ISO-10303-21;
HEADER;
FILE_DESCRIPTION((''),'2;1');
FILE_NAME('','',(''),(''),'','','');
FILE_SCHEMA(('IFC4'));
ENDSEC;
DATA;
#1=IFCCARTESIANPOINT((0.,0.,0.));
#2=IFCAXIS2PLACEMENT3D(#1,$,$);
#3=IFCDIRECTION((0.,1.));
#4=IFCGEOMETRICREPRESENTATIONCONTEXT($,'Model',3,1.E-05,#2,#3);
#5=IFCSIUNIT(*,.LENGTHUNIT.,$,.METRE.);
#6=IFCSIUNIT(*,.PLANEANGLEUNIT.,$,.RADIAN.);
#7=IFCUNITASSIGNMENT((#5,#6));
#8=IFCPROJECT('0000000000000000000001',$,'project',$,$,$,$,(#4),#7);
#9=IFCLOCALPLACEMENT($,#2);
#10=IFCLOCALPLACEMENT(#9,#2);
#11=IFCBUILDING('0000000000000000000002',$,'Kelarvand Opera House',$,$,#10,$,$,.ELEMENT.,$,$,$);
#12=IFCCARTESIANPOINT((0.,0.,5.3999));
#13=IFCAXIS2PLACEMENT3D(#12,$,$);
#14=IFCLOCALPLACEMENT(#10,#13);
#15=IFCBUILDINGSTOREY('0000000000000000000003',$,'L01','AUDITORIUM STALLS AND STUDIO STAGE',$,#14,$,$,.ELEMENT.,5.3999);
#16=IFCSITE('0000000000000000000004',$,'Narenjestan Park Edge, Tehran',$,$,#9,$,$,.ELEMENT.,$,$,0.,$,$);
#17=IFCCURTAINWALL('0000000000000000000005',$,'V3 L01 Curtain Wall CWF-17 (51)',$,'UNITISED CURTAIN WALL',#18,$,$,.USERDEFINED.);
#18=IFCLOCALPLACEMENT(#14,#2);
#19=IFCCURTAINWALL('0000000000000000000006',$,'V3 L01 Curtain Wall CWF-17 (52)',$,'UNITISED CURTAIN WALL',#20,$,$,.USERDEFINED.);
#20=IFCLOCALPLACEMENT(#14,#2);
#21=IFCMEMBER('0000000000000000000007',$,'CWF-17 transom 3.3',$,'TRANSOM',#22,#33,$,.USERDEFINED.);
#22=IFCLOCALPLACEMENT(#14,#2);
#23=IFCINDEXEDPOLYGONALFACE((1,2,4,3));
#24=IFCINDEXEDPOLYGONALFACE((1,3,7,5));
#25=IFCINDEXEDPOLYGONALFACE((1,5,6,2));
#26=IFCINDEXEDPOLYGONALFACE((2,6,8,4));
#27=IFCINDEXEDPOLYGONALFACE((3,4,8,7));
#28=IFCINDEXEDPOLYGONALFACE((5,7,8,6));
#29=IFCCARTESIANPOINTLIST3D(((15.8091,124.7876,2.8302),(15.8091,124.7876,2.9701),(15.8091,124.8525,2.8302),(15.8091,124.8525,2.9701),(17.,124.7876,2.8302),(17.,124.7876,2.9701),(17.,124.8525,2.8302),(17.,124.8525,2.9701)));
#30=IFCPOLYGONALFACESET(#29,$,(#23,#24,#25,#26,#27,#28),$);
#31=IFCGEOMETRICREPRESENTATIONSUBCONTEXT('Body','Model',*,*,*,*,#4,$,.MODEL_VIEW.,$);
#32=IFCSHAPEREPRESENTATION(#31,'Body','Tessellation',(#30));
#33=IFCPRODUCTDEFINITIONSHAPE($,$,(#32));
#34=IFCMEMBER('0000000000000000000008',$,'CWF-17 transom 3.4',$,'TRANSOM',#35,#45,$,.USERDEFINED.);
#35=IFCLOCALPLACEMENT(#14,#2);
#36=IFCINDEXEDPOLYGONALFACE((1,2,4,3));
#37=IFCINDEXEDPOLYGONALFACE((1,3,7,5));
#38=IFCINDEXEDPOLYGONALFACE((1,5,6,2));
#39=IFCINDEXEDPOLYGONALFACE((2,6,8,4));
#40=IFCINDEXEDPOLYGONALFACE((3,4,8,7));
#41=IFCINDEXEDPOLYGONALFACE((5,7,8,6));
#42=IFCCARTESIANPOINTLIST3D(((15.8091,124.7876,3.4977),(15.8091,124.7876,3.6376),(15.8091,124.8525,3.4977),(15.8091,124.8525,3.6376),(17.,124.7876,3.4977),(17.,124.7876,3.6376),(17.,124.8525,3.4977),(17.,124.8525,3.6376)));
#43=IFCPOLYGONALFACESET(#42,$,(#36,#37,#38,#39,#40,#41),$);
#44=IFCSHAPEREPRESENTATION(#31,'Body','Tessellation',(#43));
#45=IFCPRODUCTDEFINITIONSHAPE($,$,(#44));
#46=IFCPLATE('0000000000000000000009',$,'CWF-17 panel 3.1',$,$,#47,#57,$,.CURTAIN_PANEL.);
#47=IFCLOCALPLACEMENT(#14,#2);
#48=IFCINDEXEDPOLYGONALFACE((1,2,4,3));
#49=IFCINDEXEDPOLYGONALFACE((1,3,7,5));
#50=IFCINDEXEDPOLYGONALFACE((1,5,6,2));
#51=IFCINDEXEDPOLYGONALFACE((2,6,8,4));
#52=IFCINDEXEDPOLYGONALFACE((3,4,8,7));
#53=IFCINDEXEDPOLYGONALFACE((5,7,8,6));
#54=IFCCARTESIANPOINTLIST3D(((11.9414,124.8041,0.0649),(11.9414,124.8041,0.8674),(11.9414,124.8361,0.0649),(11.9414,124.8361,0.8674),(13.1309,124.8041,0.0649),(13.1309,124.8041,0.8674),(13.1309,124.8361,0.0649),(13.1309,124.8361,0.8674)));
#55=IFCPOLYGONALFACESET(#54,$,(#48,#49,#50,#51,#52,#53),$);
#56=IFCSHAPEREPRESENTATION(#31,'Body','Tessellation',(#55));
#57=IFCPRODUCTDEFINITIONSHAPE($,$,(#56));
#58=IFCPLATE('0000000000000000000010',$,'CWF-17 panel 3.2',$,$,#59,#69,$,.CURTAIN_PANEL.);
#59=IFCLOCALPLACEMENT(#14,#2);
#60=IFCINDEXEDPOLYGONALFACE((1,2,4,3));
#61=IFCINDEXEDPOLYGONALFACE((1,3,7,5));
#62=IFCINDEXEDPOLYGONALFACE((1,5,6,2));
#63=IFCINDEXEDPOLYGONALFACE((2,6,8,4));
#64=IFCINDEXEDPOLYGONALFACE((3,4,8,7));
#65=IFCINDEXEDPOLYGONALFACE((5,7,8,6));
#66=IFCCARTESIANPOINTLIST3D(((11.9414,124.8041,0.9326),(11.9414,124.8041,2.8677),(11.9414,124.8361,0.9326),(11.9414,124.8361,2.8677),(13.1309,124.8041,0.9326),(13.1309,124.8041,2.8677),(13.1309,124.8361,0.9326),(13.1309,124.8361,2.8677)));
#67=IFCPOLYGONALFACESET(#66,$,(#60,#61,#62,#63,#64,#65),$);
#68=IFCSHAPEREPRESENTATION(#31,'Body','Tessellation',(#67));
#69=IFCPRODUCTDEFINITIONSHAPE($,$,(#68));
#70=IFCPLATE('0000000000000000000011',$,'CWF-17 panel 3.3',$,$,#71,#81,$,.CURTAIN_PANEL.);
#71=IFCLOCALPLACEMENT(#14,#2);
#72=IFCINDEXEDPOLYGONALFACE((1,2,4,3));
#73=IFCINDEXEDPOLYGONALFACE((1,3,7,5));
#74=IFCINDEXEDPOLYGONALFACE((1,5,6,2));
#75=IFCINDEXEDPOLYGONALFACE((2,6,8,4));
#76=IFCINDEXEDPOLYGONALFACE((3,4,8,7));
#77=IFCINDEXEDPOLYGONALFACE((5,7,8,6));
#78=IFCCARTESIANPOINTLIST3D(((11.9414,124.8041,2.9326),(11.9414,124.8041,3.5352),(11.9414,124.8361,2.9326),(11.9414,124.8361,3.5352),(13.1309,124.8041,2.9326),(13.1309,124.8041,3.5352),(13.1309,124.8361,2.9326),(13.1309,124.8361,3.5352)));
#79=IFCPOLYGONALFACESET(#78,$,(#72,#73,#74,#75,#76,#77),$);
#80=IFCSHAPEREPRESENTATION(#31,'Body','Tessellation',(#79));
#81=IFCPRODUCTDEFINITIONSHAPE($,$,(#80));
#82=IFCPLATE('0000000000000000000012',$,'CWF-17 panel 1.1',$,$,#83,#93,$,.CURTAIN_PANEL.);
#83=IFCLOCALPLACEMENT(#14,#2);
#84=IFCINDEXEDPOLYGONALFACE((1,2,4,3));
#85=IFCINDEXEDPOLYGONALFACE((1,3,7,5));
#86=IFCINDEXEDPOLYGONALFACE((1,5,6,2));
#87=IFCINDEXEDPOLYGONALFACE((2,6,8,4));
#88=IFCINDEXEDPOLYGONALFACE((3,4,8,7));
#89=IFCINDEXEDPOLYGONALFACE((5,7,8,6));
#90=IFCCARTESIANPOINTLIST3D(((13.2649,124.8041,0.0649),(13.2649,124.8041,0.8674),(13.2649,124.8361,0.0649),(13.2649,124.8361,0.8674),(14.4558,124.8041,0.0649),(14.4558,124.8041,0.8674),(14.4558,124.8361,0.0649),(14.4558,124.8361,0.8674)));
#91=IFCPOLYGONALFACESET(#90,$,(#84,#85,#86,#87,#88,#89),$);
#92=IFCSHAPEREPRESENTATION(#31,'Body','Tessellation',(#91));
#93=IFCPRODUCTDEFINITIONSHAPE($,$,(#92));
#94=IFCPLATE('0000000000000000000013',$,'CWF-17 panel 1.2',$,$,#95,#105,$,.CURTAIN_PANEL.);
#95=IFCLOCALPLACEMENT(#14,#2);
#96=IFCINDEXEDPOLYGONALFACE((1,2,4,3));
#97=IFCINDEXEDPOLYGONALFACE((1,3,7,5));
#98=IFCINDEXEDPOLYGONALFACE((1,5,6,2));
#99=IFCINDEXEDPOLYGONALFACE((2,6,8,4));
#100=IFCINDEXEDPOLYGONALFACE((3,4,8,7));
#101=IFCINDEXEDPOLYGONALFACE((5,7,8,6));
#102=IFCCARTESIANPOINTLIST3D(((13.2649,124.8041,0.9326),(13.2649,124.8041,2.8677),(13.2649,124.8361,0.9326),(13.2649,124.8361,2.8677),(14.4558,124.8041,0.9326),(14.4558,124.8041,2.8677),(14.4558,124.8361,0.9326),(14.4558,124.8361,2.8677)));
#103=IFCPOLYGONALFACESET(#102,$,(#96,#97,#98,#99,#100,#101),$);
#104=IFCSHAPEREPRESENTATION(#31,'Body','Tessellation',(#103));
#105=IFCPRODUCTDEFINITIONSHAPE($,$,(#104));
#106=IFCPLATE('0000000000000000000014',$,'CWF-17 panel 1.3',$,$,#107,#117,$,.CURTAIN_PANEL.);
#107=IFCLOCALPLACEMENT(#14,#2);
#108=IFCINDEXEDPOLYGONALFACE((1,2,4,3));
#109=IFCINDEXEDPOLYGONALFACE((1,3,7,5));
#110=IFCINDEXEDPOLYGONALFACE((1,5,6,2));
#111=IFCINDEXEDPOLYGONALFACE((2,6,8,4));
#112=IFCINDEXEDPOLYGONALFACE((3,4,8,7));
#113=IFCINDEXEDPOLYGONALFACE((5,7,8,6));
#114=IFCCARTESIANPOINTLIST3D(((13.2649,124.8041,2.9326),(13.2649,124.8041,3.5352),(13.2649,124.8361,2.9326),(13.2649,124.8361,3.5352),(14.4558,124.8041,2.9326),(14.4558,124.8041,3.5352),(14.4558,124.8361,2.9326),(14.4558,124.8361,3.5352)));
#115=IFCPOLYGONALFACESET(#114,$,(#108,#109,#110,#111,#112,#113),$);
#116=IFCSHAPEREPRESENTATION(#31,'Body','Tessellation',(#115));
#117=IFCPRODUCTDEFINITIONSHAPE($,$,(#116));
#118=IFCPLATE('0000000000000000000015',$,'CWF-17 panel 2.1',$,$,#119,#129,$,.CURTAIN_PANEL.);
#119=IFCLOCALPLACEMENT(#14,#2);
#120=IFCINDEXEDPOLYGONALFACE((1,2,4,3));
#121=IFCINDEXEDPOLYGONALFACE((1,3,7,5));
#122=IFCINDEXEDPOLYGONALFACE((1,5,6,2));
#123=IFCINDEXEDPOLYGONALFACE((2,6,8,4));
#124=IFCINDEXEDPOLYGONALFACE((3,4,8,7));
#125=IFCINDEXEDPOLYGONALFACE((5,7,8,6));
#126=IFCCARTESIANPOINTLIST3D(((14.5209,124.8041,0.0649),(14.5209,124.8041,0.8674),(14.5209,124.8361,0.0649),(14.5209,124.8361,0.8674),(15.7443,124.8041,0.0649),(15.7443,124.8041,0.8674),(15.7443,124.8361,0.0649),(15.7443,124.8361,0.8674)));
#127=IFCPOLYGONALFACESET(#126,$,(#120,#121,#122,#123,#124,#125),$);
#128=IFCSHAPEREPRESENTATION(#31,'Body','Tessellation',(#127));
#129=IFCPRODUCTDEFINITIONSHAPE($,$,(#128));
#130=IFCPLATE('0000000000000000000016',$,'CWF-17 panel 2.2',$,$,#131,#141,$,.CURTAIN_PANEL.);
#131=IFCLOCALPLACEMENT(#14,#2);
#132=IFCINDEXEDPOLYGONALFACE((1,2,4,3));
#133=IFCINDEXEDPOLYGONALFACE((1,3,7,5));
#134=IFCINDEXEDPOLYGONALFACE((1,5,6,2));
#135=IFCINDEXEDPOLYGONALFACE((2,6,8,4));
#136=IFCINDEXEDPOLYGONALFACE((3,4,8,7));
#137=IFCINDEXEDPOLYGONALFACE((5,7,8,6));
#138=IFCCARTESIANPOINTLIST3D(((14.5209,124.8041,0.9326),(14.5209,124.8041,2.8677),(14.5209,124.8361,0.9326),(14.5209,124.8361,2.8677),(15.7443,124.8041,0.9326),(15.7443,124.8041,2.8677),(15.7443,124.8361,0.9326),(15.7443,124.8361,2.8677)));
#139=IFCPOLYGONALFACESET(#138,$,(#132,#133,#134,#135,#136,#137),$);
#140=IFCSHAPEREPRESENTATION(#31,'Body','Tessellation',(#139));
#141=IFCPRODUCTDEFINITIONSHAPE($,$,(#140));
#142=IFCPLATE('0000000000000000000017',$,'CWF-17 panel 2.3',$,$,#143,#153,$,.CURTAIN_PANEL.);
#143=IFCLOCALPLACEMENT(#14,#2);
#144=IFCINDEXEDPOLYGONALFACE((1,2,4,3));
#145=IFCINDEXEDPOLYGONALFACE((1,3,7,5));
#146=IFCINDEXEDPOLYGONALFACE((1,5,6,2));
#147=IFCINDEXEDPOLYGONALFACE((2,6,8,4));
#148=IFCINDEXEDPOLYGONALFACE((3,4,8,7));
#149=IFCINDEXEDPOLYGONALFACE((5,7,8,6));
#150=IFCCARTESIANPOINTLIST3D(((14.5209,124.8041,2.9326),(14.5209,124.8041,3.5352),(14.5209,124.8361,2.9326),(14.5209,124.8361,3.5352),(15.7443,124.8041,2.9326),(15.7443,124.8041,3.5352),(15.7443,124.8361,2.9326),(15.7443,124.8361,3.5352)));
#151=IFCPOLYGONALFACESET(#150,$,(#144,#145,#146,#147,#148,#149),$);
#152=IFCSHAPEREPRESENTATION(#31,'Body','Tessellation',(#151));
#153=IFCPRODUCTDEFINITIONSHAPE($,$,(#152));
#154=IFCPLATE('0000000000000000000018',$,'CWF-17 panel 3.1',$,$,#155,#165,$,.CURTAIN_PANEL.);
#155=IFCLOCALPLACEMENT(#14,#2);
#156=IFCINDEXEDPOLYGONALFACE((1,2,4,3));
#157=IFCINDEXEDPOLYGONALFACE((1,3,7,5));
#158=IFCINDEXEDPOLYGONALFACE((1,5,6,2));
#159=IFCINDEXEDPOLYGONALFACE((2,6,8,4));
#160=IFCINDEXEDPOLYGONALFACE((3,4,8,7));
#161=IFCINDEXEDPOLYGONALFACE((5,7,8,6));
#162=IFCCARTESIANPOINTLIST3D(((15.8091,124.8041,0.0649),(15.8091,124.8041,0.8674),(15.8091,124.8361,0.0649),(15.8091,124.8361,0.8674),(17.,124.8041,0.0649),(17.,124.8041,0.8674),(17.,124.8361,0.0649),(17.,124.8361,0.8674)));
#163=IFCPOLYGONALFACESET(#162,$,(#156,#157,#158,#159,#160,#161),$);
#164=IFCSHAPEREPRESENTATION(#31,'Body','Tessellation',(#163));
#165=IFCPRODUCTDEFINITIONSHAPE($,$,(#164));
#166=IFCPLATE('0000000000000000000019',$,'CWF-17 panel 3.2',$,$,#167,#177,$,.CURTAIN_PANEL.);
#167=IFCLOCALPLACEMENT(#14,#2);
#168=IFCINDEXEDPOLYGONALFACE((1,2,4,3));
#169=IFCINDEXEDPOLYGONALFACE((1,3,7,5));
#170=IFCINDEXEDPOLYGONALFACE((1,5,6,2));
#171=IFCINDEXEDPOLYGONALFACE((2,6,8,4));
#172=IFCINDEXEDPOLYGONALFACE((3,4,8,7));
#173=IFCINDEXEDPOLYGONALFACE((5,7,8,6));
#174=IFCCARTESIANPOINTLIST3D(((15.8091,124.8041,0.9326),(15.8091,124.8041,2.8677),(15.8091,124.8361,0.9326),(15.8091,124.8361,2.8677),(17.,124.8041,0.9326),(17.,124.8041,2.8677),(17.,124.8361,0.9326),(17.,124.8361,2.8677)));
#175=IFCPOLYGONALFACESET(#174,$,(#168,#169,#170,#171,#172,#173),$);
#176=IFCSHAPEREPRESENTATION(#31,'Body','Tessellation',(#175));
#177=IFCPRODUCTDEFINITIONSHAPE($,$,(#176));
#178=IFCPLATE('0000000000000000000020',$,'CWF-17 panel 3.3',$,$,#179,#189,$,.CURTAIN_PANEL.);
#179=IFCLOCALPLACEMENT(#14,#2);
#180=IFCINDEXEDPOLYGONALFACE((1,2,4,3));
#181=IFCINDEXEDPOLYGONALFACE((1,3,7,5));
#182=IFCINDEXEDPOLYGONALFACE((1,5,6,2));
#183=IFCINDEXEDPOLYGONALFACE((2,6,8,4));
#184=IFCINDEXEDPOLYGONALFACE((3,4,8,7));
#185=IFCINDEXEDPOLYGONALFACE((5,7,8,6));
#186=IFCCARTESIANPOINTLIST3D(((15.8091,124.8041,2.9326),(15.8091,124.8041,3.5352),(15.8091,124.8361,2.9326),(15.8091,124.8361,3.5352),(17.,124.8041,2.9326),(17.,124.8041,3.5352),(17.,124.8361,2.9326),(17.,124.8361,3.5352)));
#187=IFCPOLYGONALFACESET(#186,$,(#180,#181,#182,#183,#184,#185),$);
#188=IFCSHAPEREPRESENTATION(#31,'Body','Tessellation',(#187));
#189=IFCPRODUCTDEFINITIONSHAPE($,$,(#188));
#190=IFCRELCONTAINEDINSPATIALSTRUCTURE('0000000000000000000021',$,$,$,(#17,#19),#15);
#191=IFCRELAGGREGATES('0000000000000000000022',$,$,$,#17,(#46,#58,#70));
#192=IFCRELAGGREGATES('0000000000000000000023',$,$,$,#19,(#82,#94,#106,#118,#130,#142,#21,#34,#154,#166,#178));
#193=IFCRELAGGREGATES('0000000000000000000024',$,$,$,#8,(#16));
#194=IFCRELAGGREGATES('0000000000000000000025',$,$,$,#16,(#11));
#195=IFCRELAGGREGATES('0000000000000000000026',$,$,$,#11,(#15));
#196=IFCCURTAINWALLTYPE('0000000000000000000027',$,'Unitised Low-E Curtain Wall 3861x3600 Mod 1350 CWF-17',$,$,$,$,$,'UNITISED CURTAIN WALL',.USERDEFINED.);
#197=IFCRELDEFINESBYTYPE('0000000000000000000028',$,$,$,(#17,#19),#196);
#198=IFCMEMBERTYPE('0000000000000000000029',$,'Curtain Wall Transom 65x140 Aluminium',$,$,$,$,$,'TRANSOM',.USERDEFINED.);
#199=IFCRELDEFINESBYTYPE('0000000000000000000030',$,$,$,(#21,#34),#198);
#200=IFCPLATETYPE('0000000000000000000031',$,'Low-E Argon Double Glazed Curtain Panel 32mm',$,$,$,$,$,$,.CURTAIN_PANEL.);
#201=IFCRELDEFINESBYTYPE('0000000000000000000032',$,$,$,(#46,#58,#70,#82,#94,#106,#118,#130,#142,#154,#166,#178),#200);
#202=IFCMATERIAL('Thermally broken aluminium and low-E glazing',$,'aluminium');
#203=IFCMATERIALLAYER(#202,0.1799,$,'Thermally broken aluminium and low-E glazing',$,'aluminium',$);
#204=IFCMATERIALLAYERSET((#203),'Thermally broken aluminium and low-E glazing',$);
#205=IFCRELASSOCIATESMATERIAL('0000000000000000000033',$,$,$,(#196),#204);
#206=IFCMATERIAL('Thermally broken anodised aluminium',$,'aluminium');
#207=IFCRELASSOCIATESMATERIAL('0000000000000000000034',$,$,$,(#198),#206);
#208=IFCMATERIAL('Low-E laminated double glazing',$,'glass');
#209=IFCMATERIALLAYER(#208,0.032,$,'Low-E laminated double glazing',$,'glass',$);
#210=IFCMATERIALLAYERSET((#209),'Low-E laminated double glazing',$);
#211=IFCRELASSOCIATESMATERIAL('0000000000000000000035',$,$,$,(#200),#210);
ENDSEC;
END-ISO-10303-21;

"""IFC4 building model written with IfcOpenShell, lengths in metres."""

from ifc_helpers import new_model, si_unit, direction, frame, origin, origin_2d, place, context, subcontext, project, spatial, rectangle, extrude, material, layer, layer_set, material_profile, profile_set, type_object, element, aggregate, save


model = new_model("IFC4")

# Units and contexts
model_context = context("Model", 3, precision=1e-05, world=origin(), true_north=direction((0.0, 1.0)))
body_context = subcontext(model_context, "Body", "Model", "MODEL_VIEW")
ifc_project = project(units=[si_unit("LENGTHUNIT", "METRE"), si_unit("PLANEANGLEUNIT", "RADIAN")], contexts=[model_context])

# Site, building, storey
site_placement = place(None, origin())
site = spatial("IfcSite", under=ifc_project, at=site_placement, Name="Narenjestan Park Edge, Tehran", CompositionType="ELEMENT", RefElevation=0.0)
building_placement = place(site_placement, origin())
building = spatial("IfcBuilding", under=site, at=building_placement, Name="Kelarvand Opera House", CompositionType="ELEMENT")
storey_placement = place(building_placement, frame((0.0, 0.0, 5.3999)))
storey = spatial("IfcBuildingStorey", under=building, at=storey_placement, Name="L01", Description="AUDITORIUM STALLS AND STUDIO STAGE", CompositionType="ELEMENT", Elevation=5.3999)

# Curtain wall
ifc_material_1 = material(Name="Thermally broken aluminium and low-E glazing", Category="aluminium")
ifc_layer_1 = layer(ifc_material_1, 0.1799, Name="Thermally broken aluminium and low-E glazing", Category="aluminium")
ifc_layer_set_1 = layer_set([ifc_layer_1], Name="Thermally broken aluminium and low-E glazing")
curtain_wall_type = type_object("IfcCurtainWallType", Name="Unitised Low-E Curtain Wall 3861x3600 Mod 1350 CWF-17", ElementType="UNITISED CURTAIN WALL", PredefinedType="USERDEFINED", material=ifc_layer_set_1)
curtain_wall_1_placement = place(storey_placement, origin())
curtain_wall_1 = element("IfcCurtainWall", 1, at=curtain_wall_1_placement, inside=storey, type_object=curtain_wall_type, Name="V3 L01 Curtain Wall CWF-17 (51)", ObjectType="UNITISED CURTAIN WALL", PredefinedType="USERDEFINED")
ifc_material_2 = material(Name="Thermally broken anodised aluminium", Category="aluminium")

# Curtain wall, members
curtain_wall_2_placement = place(storey_placement, origin())
curtain_wall_2 = element("IfcCurtainWall", 2, at=curtain_wall_2_placement, inside=storey, type_object=curtain_wall_type, Name="V3 L01 Curtain Wall CWF-17 (52)", ObjectType="UNITISED CURTAIN WALL", PredefinedType="USERDEFINED")
ifc_material_profile_1 = material_profile(ifc_material_2, rectangle(XDim=0.0649, YDim=0.1399, at=origin_2d()), Name="ALU TRANSOM 65x140", Category="aluminium")
ifc_profile_set_1 = profile_set([ifc_material_profile_1], Name="Thermally broken anodised aluminium")
member_type_1 = type_object("IfcMemberType", Name="Curtain Wall Transom 65x140 Aluminium", ElementType="TRANSOM", PredefinedType="USERDEFINED", material=ifc_profile_set_1)
member_1_placement = place(storey_placement, frame((15.8091, 124.8201, 2.9001), z_axis=(1.0, 0.0, 0.0), x_axis=(0.0, 1.0, 0.0)))
member_1 = element("IfcMember", 3, at=member_1_placement, type_object=member_type_1, Name="CWF-17 transom 3.3", ObjectType="TRANSOM", PredefinedType="USERDEFINED", context=body_context, shape_type="SweptSolid", body=[
    extrude(rectangle(XDim=0.0649, YDim=0.1399, at=origin_2d()), origin(), (0.0, 0.0, 1.0), 1.1909),
])
member_2_placement = place(storey_placement, frame((15.8091, 124.8201, 3.5676), z_axis=(1.0, 0.0, 0.0), x_axis=(0.0, 1.0, 0.0)))
member_2 = element("IfcMember", 4, at=member_2_placement, type_object=member_type_1, Name="CWF-17 transom 3.4", ObjectType="TRANSOM", PredefinedType="USERDEFINED", context=body_context, shape_type="SweptSolid", body=[
    extrude(rectangle(XDim=0.0649, YDim=0.1399, at=origin_2d()), origin(), (0.0, 0.0, 1.0), 1.1909),
])

# Plates
ifc_material_3 = material(Name="Low-E laminated double glazing", Category="glass")
ifc_layer_2 = layer(ifc_material_3, 0.032, Name="Low-E laminated double glazing", Category="glass")
ifc_layer_set_2 = layer_set([ifc_layer_2], Name="Low-E laminated double glazing")
plate_type = type_object("IfcPlateType", Name="Low-E Argon Double Glazed Curtain Panel 32mm", PredefinedType="CURTAIN_PANEL", material=ifc_layer_set_2)
plate_1_placement = place(storey_placement, frame((12.5361, 124.8201, 0.0649), z_axis=(0.0, 0.0, 1.0), x_axis=(1.0, 0.0, 0.0)))
plate_1 = element("IfcPlate", 5, at=plate_1_placement, type_object=plate_type, Name="CWF-17 panel 3.1", PredefinedType="CURTAIN_PANEL", context=body_context, shape_type="SweptSolid", body=[
    extrude(rectangle(XDim=1.1895, YDim=0.032, at=origin_2d()), origin(), (0.0, 0.0, 1.0), 0.8025),
])
plate_2_placement = place(storey_placement, frame((12.5361, 124.8201, 0.9326), z_axis=(0.0, 0.0, 1.0), x_axis=(1.0, 0.0, 0.0)))
plate_2 = element("IfcPlate", 6, at=plate_2_placement, type_object=plate_type, Name="CWF-17 panel 3.2", PredefinedType="CURTAIN_PANEL", context=body_context, shape_type="SweptSolid", body=[
    extrude(rectangle(XDim=1.1895, YDim=0.032, at=origin_2d()), origin(), (0.0, 0.0, 1.0), 1.9351),
])
plate_3_placement = place(storey_placement, frame((12.5361, 124.8201, 2.9326), z_axis=(0.0, 0.0, 1.0), x_axis=(1.0, 0.0, 0.0)))
plate_3 = element("IfcPlate", 7, at=plate_3_placement, type_object=plate_type, Name="CWF-17 panel 3.3", PredefinedType="CURTAIN_PANEL", context=body_context, shape_type="SweptSolid", body=[
    extrude(rectangle(XDim=1.1895, YDim=0.032, at=origin_2d()), origin(), (0.0, 0.0, 1.0), 0.6025),
])
aggregate(curtain_wall_1, [plate_1, plate_2, plate_3])
plate_4_placement = place(storey_placement, frame((13.8604, 124.8201, 0.0649), z_axis=(0.0, 0.0, 1.0), x_axis=(1.0, 0.0, 0.0)))
plate_4 = element("IfcPlate", 8, at=plate_4_placement, type_object=plate_type, Name="CWF-17 panel 1.1", PredefinedType="CURTAIN_PANEL", context=body_context, shape_type="SweptSolid", body=[
    extrude(rectangle(XDim=1.1909, YDim=0.032, at=origin_2d()), origin(), (0.0, 0.0, 1.0), 0.8025),
])
plate_5_placement = place(storey_placement, frame((13.8604, 124.8201, 0.9326), z_axis=(0.0, 0.0, 1.0), x_axis=(1.0, 0.0, 0.0)))
plate_5 = element("IfcPlate", 9, at=plate_5_placement, type_object=plate_type, Name="CWF-17 panel 1.2", PredefinedType="CURTAIN_PANEL", context=body_context, shape_type="SweptSolid", body=[
    extrude(rectangle(XDim=1.1909, YDim=0.032, at=origin_2d()), origin(), (0.0, 0.0, 1.0), 1.9351),
])
plate_6_placement = place(storey_placement, frame((13.8604, 124.8201, 2.9326), z_axis=(0.0, 0.0, 1.0), x_axis=(1.0, 0.0, 0.0)))
plate_6 = element("IfcPlate", 10, at=plate_6_placement, type_object=plate_type, Name="CWF-17 panel 1.3", PredefinedType="CURTAIN_PANEL", context=body_context, shape_type="SweptSolid", body=[
    extrude(rectangle(XDim=1.1909, YDim=0.032, at=origin_2d()), origin(), (0.0, 0.0, 1.0), 0.6025),
])
plate_7_placement = place(storey_placement, frame((15.1326, 124.8201, 0.0649), z_axis=(0.0, 0.0, 1.0), x_axis=(1.0, 0.0, 0.0)))
plate_7 = element("IfcPlate", 11, at=plate_7_placement, type_object=plate_type, Name="CWF-17 panel 2.1", PredefinedType="CURTAIN_PANEL", context=body_context, shape_type="SweptSolid", body=[
    extrude(rectangle(XDim=1.2234, YDim=0.032, at=origin_2d()), origin(), (0.0, 0.0, 1.0), 0.8025),
])
plate_8_placement = place(storey_placement, frame((15.1326, 124.8201, 0.9326), z_axis=(0.0, 0.0, 1.0), x_axis=(1.0, 0.0, 0.0)))
plate_8 = element("IfcPlate", 12, at=plate_8_placement, type_object=plate_type, Name="CWF-17 panel 2.2", PredefinedType="CURTAIN_PANEL", context=body_context, shape_type="SweptSolid", body=[
    extrude(rectangle(XDim=1.2234, YDim=0.032, at=origin_2d()), origin(), (0.0, 0.0, 1.0), 1.9351),
])
plate_9_placement = place(storey_placement, frame((15.1326, 124.8201, 2.9326), z_axis=(0.0, 0.0, 1.0), x_axis=(1.0, 0.0, 0.0)))
plate_9 = element("IfcPlate", 13, at=plate_9_placement, type_object=plate_type, Name="CWF-17 panel 2.3", PredefinedType="CURTAIN_PANEL", context=body_context, shape_type="SweptSolid", body=[
    extrude(rectangle(XDim=1.2234, YDim=0.032, at=origin_2d()), origin(), (0.0, 0.0, 1.0), 0.6025),
])
plate_10_placement = place(storey_placement, frame((16.4045, 124.8201, 0.0649), z_axis=(0.0, 0.0, 1.0), x_axis=(1.0, 0.0, 0.0)))
plate_10 = element("IfcPlate", 14, at=plate_10_placement, type_object=plate_type, Name="CWF-17 panel 3.1", PredefinedType="CURTAIN_PANEL", context=body_context, shape_type="SweptSolid", body=[
    extrude(rectangle(XDim=1.1909, YDim=0.032, at=origin_2d()), origin(), (0.0, 0.0, 1.0), 0.8025),
])
plate_11_placement = place(storey_placement, frame((16.4045, 124.8201, 0.9326), z_axis=(0.0, 0.0, 1.0), x_axis=(1.0, 0.0, 0.0)))
plate_11 = element("IfcPlate", 15, at=plate_11_placement, type_object=plate_type, Name="CWF-17 panel 3.2", PredefinedType="CURTAIN_PANEL", context=body_context, shape_type="SweptSolid", body=[
    extrude(rectangle(XDim=1.1909, YDim=0.032, at=origin_2d()), origin(), (0.0, 0.0, 1.0), 1.9351),
])
plate_12_placement = place(storey_placement, frame((16.4045, 124.8201, 2.9326), z_axis=(0.0, 0.0, 1.0), x_axis=(1.0, 0.0, 0.0)))
plate_12 = element("IfcPlate", 16, at=plate_12_placement, type_object=plate_type, Name="CWF-17 panel 3.3", PredefinedType="CURTAIN_PANEL", context=body_context, shape_type="SweptSolid", body=[
    extrude(rectangle(XDim=1.1909, YDim=0.032, at=origin_2d()), origin(), (0.0, 0.0, 1.0), 0.6025),
])
aggregate(curtain_wall_2, [plate_4, plate_5, plate_6, plate_7, plate_8, plate_9, member_1, member_2, plate_10, plate_11, plate_12])

save(model, "model.ifc")
